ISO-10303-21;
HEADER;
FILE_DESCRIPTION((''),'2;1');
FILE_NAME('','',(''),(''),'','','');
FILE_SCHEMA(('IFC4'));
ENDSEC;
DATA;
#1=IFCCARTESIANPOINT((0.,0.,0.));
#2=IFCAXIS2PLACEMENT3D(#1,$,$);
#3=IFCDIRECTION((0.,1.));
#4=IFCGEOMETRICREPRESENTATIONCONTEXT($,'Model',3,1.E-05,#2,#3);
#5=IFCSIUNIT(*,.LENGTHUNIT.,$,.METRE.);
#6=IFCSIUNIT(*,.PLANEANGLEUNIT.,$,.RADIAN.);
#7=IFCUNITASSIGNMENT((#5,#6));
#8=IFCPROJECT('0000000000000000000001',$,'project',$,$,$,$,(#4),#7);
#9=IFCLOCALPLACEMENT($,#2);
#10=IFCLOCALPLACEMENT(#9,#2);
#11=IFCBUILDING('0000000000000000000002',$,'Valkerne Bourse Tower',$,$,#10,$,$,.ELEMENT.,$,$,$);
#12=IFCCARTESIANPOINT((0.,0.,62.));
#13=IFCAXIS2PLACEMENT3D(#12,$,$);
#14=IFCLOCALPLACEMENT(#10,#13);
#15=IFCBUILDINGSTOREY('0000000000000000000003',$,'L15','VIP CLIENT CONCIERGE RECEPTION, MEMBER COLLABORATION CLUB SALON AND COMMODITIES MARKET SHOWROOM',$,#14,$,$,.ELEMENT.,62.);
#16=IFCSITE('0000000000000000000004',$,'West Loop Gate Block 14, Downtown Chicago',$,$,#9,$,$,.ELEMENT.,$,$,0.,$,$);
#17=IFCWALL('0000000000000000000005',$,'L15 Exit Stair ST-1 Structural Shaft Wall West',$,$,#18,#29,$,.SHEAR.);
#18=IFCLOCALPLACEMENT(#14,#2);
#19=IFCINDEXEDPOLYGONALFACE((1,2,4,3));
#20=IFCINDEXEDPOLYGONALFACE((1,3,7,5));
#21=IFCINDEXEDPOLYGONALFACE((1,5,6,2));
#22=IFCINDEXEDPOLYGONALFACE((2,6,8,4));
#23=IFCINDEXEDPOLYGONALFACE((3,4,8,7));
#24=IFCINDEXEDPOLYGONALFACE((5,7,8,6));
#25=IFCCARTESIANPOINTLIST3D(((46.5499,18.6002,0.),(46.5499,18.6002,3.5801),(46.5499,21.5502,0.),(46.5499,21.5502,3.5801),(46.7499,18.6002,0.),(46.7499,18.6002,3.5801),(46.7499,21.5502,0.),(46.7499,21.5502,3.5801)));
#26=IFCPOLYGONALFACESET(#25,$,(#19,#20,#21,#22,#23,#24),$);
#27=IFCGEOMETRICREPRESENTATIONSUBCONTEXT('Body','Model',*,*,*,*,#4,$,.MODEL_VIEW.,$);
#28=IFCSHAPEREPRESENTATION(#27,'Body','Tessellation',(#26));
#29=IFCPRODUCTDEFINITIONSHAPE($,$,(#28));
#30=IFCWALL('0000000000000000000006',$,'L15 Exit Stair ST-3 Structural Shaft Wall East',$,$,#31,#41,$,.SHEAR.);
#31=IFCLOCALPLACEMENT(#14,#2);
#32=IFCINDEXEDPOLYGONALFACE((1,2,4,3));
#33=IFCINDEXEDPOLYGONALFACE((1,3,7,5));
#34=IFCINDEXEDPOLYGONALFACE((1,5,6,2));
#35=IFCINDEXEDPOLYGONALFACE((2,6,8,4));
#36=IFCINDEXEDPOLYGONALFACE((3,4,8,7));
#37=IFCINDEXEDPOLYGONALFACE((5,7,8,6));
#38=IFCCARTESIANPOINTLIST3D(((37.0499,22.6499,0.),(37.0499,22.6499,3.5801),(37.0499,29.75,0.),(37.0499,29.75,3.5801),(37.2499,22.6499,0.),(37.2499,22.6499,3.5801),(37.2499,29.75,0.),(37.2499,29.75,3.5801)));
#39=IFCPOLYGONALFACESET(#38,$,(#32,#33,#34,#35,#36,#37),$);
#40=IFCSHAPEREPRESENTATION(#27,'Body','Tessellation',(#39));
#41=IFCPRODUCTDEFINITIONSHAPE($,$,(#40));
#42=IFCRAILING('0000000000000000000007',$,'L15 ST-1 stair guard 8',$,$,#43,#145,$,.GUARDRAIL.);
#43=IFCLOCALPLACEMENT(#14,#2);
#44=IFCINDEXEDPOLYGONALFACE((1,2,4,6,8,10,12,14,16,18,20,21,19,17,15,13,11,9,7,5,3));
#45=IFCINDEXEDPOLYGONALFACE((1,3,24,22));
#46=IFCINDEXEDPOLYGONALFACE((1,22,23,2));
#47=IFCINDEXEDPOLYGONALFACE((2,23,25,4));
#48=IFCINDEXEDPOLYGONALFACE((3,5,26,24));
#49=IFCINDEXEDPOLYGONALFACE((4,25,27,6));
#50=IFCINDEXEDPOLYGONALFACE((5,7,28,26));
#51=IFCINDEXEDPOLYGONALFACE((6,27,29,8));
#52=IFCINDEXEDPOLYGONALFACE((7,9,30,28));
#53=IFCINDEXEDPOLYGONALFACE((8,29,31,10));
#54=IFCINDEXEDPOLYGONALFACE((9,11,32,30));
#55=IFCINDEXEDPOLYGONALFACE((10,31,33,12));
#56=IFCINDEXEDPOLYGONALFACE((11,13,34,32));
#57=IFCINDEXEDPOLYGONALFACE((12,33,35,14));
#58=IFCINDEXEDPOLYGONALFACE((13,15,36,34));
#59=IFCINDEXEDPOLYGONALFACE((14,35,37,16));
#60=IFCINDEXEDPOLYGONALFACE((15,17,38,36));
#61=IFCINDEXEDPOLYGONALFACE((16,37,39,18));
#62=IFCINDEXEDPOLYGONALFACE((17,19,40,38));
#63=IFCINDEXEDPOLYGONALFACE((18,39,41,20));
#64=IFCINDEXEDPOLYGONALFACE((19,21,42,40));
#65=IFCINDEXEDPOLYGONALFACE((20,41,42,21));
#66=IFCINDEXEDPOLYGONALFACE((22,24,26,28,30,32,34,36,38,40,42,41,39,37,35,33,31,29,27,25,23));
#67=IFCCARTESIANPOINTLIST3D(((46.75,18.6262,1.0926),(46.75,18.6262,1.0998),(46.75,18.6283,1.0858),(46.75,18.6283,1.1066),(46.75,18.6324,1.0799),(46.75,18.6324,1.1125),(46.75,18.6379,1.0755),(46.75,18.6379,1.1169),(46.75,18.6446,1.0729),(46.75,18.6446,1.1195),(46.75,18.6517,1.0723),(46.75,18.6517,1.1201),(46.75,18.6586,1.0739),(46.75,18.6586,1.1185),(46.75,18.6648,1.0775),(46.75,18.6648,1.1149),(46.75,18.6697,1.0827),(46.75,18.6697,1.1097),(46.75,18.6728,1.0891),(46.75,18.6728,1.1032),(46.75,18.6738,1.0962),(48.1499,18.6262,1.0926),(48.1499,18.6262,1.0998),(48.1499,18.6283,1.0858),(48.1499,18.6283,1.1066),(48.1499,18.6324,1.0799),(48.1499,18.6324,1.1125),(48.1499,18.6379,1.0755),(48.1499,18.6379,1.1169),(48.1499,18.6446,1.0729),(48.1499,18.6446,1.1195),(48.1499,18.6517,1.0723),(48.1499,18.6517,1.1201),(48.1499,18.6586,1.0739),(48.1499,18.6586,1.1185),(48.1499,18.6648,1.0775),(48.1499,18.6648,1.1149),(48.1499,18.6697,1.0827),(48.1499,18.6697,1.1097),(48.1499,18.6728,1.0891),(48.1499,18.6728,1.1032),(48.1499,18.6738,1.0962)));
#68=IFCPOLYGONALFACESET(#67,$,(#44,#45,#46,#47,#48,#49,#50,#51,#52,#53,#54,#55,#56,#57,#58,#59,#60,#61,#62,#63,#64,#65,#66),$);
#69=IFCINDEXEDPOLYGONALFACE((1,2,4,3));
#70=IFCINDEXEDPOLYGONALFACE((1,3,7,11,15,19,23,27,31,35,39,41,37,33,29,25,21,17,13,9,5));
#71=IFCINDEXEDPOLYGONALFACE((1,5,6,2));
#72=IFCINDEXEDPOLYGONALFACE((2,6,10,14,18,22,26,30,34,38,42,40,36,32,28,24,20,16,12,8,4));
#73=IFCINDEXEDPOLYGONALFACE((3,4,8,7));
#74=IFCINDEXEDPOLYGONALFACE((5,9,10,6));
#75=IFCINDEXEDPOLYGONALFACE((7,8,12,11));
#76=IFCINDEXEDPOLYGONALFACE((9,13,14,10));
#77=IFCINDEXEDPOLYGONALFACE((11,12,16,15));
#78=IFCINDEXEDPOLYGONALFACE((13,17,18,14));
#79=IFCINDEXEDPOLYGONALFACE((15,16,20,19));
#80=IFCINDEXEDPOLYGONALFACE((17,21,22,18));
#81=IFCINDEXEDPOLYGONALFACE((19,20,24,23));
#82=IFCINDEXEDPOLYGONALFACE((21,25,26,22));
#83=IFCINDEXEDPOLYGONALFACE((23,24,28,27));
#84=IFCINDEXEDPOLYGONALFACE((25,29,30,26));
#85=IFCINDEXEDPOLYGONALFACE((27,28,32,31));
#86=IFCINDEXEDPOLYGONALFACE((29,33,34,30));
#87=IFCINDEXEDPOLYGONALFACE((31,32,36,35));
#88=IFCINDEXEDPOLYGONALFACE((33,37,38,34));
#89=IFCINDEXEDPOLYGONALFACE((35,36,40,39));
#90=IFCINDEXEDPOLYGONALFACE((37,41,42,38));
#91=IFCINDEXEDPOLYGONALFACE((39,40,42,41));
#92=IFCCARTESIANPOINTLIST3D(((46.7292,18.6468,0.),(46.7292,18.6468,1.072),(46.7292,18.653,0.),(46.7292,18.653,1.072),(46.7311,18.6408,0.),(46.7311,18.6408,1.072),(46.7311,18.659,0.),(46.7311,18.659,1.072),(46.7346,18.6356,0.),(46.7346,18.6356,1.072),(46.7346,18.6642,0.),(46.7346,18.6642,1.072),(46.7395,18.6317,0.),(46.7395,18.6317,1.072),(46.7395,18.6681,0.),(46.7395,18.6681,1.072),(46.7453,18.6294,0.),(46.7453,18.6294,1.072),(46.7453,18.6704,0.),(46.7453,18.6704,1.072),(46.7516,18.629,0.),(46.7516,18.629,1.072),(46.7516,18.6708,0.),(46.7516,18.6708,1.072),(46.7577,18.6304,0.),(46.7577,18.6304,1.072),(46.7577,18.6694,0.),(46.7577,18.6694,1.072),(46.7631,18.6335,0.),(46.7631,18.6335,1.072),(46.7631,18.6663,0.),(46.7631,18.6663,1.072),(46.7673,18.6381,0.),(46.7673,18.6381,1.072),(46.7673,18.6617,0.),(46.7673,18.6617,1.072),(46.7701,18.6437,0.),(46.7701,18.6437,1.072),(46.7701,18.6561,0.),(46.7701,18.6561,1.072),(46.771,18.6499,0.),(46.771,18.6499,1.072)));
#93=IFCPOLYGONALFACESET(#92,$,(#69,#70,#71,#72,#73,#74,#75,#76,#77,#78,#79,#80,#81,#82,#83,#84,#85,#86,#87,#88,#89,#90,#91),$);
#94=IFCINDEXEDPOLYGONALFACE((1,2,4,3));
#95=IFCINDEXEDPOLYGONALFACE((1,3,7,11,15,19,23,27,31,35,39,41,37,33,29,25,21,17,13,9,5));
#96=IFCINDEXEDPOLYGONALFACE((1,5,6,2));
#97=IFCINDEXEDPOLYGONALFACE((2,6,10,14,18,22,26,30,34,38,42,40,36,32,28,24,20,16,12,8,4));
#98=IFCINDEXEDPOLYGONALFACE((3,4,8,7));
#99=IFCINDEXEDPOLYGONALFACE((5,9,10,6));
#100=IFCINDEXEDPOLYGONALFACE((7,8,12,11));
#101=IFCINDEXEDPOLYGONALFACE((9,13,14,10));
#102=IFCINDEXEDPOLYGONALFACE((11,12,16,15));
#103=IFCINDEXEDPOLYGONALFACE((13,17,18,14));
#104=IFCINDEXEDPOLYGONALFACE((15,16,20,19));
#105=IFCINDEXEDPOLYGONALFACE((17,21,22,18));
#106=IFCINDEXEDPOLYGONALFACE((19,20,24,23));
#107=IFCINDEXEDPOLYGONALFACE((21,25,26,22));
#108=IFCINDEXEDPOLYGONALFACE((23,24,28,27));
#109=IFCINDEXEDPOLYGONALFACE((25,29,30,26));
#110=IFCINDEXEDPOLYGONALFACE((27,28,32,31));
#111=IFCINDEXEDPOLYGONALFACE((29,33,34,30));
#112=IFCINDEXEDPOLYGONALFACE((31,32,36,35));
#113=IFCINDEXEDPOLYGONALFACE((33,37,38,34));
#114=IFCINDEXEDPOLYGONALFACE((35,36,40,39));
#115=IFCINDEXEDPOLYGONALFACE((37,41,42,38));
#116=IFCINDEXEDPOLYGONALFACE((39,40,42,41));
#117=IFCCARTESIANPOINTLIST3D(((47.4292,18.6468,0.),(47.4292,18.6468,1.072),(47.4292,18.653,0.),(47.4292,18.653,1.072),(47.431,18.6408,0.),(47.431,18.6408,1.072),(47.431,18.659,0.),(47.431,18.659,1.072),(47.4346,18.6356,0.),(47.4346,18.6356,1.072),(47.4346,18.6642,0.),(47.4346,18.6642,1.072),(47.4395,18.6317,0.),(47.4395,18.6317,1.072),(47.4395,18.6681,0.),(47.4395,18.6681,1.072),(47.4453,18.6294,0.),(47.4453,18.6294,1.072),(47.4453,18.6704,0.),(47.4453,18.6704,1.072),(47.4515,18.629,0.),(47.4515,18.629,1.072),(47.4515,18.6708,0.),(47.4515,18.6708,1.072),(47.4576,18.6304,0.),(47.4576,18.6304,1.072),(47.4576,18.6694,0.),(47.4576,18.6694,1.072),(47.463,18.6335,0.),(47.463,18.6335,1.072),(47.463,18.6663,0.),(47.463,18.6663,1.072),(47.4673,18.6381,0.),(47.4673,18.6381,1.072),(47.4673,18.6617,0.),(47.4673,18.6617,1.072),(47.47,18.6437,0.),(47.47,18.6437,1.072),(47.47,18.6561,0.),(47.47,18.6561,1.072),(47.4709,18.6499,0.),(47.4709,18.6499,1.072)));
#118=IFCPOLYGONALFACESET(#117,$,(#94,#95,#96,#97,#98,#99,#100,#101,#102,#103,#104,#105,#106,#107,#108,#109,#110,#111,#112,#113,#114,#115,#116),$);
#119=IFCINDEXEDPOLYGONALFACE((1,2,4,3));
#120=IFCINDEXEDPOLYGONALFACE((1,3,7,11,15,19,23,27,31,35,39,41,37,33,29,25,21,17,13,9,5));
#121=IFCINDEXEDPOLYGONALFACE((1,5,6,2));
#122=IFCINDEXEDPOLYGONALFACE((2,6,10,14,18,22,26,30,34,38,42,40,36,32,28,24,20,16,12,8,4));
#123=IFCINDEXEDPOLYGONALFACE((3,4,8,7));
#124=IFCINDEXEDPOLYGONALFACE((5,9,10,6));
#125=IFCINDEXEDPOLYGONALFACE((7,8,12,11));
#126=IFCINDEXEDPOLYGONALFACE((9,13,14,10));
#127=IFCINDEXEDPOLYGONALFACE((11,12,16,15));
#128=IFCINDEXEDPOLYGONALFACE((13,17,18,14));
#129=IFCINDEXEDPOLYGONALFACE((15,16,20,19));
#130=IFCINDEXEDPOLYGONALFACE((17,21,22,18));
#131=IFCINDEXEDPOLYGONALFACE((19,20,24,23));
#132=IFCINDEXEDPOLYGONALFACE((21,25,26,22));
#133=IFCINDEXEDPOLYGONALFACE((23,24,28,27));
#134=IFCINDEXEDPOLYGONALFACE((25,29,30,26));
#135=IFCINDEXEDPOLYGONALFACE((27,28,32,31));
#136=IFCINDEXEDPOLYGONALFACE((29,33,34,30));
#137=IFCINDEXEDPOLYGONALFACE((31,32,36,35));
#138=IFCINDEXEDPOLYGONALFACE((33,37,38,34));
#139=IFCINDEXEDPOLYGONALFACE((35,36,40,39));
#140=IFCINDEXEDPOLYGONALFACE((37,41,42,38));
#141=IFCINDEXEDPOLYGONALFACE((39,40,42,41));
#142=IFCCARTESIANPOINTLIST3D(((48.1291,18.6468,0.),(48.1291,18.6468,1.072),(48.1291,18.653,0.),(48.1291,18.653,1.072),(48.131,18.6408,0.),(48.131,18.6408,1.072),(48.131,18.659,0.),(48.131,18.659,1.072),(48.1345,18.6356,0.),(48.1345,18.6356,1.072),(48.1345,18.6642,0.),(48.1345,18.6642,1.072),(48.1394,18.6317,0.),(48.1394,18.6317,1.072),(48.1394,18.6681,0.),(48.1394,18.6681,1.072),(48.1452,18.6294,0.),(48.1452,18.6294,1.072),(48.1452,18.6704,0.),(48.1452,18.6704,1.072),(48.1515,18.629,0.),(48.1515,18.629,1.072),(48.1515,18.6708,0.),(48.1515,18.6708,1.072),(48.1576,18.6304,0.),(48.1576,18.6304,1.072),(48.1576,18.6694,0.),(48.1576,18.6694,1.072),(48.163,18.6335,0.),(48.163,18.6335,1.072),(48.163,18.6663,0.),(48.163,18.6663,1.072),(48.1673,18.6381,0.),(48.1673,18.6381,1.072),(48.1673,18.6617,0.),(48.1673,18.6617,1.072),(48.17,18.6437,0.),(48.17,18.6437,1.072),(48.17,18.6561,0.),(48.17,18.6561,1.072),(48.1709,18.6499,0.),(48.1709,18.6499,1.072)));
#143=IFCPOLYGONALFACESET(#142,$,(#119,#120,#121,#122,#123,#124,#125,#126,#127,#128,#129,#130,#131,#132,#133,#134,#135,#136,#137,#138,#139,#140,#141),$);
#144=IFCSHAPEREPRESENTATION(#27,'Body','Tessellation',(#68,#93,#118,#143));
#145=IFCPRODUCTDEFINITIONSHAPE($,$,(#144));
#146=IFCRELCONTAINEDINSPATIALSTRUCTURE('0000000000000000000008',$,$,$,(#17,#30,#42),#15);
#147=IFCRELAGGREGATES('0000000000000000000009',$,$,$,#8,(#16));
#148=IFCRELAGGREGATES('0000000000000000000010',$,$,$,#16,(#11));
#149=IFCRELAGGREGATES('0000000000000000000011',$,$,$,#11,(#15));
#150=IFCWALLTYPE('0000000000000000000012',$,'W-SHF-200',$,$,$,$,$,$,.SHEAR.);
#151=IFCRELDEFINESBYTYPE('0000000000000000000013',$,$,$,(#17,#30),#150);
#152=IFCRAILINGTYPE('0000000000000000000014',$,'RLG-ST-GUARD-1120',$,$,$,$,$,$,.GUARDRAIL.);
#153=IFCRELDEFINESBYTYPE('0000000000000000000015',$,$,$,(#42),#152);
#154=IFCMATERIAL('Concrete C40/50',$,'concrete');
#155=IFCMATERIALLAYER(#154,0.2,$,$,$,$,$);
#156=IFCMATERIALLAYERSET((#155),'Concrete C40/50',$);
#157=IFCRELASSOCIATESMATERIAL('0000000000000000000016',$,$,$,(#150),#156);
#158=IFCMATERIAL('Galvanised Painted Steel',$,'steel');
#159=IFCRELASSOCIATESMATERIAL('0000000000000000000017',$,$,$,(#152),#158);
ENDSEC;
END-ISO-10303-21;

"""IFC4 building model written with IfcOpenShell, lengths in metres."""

from ifc_helpers import new_model, si_unit, direction, frame, frame_2d, origin, origin_2d, place, context, subcontext, project, spatial, rectangle, circle, extrude, material, layer, layer_set, type_object, element, save


model = new_model("IFC4")

# Units and contexts
model_context = context("Model", 3, precision=1e-05, world=origin(), true_north=direction((0.0, 1.0)))
body_context = subcontext(model_context, "Body", "Model", "MODEL_VIEW")
ifc_project = project(units=[si_unit("LENGTHUNIT", "METRE"), si_unit("PLANEANGLEUNIT", "RADIAN")], contexts=[model_context])

# Site, building, storey
site_placement = place(None, origin())
site = spatial("IfcSite", under=ifc_project, at=site_placement, Name="West Loop Gate Block 14, Downtown Chicago", CompositionType="ELEMENT", RefElevation=0.0)
building_placement = place(site_placement, origin())
building = spatial("IfcBuilding", under=site, at=building_placement, Name="Valkerne Bourse Tower", CompositionType="ELEMENT")
storey_placement = place(building_placement, frame((0.0, 0.0, 62.0)))
storey = spatial("IfcBuildingStorey", under=building, at=storey_placement, Name="L15", Description="VIP CLIENT CONCIERGE RECEPTION, MEMBER COLLABORATION CLUB SALON AND COMMODITIES MARKET SHOWROOM", CompositionType="ELEMENT", Elevation=62.0)

# Shared definitions
ifc_material_1 = material(Name="Galvanised Painted Steel", Category="steel")

# Shared definitions
ifc_material_2 = material(Name="Concrete C40/50", Category="concrete")
ifc_layer_1 = layer(ifc_material_2, 0.2)
ifc_layer_set_1 = layer_set([ifc_layer_1], Name="Concrete C40/50")
wall_type_1 = type_object("IfcWallType", Name="W-SHF-200", PredefinedType="SHEAR", material=ifc_layer_set_1)

# Walls
wall_1_placement = place(storey_placement, frame((46.6499, 18.6001, 0.0), z_axis=(0.0, 0.0, 1.0), x_axis=(0.0, 1.0, 0.0)))
element("IfcWall", 1, at=wall_1_placement, inside=storey, type_object=wall_type_1, Name="L15 Exit Stair ST-1 Structural Shaft Wall West", PredefinedType="SHEAR", context=body_context, shape_type="SweptSolid", body=[
    extrude(rectangle(XDim=2.95, YDim=0.2, at=frame_2d((1.4751, 0.0))), origin(), (0.0, 0.0, 1.0), 3.5801),
])
wall_2_placement = place(storey_placement, frame((37.1499, 22.6499, 0.0), z_axis=(0.0, 0.0, 1.0), x_axis=(0.0, 1.0, 0.0)))
element("IfcWall", 2, at=wall_2_placement, inside=storey, type_object=wall_type_1, Name="L15 Exit Stair ST-3 Structural Shaft Wall East", PredefinedType="SHEAR", context=body_context, shape_type="SweptSolid", body=[
    extrude(rectangle(XDim=7.1001, YDim=0.2, at=frame_2d((3.55, 0.0))), origin(), (0.0, 0.0, 1.0), 3.5801),
])

# Railing
railing_type_1 = type_object("IfcRailingType", Name="RLG-ST-GUARD-1120", PredefinedType="GUARDRAIL", material=ifc_material_1)
for number, where, name in (
    (3, (46.75, 18.6499, 0.0), "L15 ST-1 stair guard 8"),
):
    element("IfcRailing", number, at=place(storey_placement, frame(where)), inside=storey, type_object=railing_type_1, Name=name, PredefinedType="GUARDRAIL", context=body_context, shape_type="SweptSolid", body=[
        extrude(circle(Radius=0.0239, at=origin_2d()), frame((0.0, 0.0, 1.0962), z_axis=(1.0, 0.0, 0.0), x_axis=(0.0, 1.0, 0.0)), (0.0, 0.0, 1.0), 1.3999),
        extrude(circle(Radius=0.021, at=origin_2d()), origin(), (0.0, 0.0, 1.0), 1.072),
        extrude(circle(Radius=0.021, at=origin_2d()), frame((0.7, 0.0, 0.0)), (0.0, 0.0, 1.0), 1.072),
        extrude(circle(Radius=0.021, at=origin_2d()), frame((1.3999, 0.0, 0.0)), (0.0, 0.0, 1.0), 1.072),
    ])

save(model, "model.ifc")
